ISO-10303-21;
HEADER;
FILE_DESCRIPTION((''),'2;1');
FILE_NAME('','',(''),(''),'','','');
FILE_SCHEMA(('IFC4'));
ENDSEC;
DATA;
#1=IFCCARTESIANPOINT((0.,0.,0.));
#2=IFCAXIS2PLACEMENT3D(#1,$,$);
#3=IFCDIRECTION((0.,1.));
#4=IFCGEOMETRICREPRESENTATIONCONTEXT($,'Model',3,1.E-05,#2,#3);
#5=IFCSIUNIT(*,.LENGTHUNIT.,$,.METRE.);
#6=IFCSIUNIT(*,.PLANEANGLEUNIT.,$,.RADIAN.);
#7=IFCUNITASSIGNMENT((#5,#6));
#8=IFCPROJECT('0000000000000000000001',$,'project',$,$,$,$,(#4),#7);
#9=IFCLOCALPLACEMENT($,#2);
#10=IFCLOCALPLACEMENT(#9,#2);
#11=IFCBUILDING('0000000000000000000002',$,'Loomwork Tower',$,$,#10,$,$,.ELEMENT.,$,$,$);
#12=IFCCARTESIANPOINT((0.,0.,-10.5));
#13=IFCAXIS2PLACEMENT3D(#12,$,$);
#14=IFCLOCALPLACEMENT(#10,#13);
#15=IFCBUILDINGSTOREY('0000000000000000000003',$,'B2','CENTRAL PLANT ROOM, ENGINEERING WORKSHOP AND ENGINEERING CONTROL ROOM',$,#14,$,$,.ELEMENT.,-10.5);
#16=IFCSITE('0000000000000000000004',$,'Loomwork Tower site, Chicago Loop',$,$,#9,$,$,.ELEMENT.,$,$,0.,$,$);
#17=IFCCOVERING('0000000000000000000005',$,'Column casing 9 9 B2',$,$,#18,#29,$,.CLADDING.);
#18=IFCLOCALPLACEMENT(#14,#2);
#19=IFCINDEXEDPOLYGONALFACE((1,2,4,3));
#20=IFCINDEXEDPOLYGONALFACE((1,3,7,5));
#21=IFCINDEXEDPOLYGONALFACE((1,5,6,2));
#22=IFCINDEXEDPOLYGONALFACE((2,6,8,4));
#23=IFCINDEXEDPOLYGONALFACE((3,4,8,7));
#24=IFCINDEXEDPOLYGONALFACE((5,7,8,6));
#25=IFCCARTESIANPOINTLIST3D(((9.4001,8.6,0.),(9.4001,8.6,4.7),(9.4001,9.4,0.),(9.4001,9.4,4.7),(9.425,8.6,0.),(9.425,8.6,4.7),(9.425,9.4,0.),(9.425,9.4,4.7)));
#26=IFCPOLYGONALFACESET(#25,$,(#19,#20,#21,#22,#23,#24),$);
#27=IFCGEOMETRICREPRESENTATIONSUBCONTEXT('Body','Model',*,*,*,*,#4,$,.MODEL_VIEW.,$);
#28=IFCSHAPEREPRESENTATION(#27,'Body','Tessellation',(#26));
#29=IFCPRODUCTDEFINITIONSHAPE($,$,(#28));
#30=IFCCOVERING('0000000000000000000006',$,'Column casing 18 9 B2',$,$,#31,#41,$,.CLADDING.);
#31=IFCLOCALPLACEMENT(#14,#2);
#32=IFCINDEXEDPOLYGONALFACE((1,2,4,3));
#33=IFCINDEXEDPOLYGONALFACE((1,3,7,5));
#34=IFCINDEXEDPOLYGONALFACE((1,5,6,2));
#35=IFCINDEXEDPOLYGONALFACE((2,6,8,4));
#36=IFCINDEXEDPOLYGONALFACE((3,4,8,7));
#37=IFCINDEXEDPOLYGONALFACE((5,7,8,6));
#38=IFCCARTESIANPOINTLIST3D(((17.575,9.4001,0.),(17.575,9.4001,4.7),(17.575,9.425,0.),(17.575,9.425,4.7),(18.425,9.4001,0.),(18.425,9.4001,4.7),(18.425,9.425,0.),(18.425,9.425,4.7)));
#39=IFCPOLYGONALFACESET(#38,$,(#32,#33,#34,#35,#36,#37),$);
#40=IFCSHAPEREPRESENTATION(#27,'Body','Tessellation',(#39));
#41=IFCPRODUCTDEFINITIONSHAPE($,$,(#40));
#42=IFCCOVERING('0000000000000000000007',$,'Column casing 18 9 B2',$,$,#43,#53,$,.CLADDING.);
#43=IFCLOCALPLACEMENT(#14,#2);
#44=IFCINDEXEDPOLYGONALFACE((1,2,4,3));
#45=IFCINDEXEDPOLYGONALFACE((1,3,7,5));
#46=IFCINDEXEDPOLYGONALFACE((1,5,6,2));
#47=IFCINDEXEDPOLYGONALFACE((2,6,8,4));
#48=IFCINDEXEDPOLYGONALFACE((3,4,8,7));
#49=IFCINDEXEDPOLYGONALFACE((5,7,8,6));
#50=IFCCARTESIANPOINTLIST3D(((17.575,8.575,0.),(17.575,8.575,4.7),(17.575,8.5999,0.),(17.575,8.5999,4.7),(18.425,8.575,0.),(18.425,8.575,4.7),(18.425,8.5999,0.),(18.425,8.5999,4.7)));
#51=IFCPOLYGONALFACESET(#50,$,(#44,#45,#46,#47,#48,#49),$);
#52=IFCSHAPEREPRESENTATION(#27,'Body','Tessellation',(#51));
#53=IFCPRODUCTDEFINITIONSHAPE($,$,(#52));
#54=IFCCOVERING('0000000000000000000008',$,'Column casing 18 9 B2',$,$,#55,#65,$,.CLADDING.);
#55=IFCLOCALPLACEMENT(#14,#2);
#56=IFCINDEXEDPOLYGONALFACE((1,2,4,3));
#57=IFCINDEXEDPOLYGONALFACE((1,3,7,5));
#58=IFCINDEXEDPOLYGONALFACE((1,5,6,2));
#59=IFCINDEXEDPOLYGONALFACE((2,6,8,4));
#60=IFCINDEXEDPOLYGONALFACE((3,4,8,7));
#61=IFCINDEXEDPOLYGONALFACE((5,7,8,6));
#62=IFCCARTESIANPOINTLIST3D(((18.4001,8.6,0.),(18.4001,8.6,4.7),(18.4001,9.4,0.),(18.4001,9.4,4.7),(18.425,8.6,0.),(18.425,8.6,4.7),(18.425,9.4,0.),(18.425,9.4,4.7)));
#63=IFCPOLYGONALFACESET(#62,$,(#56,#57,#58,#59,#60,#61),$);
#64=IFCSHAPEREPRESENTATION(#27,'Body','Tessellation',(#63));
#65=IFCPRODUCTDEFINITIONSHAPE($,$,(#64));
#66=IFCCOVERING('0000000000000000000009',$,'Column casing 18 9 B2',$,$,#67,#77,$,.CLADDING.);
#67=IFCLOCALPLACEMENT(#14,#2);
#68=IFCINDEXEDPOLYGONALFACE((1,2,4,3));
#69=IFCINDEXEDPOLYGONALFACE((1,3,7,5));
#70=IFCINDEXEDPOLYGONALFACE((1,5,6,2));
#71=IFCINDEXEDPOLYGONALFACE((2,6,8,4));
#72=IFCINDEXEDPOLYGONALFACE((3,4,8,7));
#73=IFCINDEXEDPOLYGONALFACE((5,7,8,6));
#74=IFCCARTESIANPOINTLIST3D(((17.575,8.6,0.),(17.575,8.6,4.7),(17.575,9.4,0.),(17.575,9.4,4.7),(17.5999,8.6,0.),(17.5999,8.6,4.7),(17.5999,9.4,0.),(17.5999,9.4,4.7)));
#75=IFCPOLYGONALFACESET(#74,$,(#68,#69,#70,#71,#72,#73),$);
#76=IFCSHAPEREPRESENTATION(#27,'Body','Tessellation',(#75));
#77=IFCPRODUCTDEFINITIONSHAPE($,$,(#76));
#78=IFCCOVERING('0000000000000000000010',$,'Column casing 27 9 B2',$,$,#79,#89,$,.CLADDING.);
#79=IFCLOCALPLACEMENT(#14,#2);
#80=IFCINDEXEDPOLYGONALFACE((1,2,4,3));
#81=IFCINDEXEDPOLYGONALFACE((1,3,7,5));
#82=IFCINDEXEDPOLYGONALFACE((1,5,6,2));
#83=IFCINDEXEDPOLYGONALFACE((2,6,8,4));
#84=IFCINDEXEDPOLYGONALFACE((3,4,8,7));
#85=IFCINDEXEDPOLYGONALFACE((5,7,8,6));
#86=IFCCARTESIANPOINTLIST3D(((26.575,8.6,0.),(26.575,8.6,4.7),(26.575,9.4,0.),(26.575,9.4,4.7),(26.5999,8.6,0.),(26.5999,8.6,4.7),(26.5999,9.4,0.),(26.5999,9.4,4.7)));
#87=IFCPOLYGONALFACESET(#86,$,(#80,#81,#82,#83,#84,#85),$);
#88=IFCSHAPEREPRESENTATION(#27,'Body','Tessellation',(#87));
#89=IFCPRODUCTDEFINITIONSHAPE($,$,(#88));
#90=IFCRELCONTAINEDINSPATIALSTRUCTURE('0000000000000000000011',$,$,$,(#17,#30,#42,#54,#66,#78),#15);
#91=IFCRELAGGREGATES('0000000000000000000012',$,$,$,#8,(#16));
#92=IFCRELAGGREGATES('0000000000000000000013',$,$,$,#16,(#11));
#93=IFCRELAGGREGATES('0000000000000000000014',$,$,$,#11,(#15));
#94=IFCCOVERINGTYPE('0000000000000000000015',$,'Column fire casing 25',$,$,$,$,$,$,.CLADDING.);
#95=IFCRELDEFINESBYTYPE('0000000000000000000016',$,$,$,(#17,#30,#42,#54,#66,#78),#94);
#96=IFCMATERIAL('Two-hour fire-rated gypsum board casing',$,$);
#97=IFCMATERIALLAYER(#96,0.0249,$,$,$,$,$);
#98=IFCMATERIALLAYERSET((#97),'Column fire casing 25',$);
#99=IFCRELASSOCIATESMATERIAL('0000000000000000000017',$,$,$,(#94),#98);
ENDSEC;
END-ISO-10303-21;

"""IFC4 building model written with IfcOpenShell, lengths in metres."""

from ifc_helpers import new_model, si_unit, direction, frame, origin, origin_2d, place, context, subcontext, project, spatial, rectangle, extrude, material, layer, layer_set, type_object, element, save


model = new_model("IFC4")

# Units and contexts
model_context = context("Model", 3, precision=1e-05, world=origin(), true_north=direction((0.0, 1.0)))
body_context = subcontext(model_context, "Body", "Model", "MODEL_VIEW")
ifc_project = project(units=[si_unit("LENGTHUNIT", "METRE"), si_unit("PLANEANGLEUNIT", "RADIAN")], contexts=[model_context])

# Site, building, storey
site_placement = place(None, origin())
site = spatial("IfcSite", under=ifc_project, at=site_placement, Name="Loomwork Tower site, Chicago Loop", CompositionType="ELEMENT", RefElevation=0.0)
building_placement = place(site_placement, origin())
building = spatial("IfcBuilding", under=site, at=building_placement, Name="Loomwork Tower", CompositionType="ELEMENT")
storey_placement = place(building_placement, frame((0.0, 0.0, -10.5)))
storey = spatial("IfcBuildingStorey", under=building, at=storey_placement, Name="B2", Description="CENTRAL PLANT ROOM, ENGINEERING WORKSHOP AND ENGINEERING CONTROL ROOM", CompositionType="ELEMENT", Elevation=-10.5)

# Coverings
ifc_material_1 = material(Name="Two-hour fire-rated gypsum board casing")
ifc_layer_1 = layer(ifc_material_1, 0.0249)
ifc_layer_set_1 = layer_set([ifc_layer_1], Name="Column fire casing 25")
covering_type = type_object("IfcCoveringType", Name="Column fire casing 25", PredefinedType="CLADDING", material=ifc_layer_set_1)
covering_placement = place(storey_placement, frame((9.4126, 9.0, 0.0), z_axis=(0.0, 0.0, 1.0), x_axis=(1.0, 0.0, 0.0)))
element("IfcCovering", 1, at=covering_placement, inside=storey, type_object=covering_type, Name="Column casing 9 9 B2", PredefinedType="CLADDING", context=body_context, shape_type="SweptSolid", body=[
    extrude(rectangle(XDim=0.0249, YDim=0.8, at=origin_2d()), origin(), (0.0, 0.0, 1.0), 4.7),
])
for number, where, z_axis, x_axis, name in (
    (2, (18.0, 9.4126, 0.0), (0.0, 0.0, 1.0), (1.0, 0.0, 0.0), "Column casing 18 9 B2"),
    (3, (18.0, 8.5874, 0.0), (0.0, 0.0, 1.0), (1.0, 0.0, 0.0), "Column casing 18 9 B2"),
):
    element("IfcCovering", number, at=place(storey_placement, frame(where, z_axis=z_axis, x_axis=x_axis)), inside=storey, type_object=covering_type, Name=name, PredefinedType="CLADDING", context=body_context, shape_type="SweptSolid", body=[
        extrude(rectangle(XDim=0.8501, YDim=0.0249, at=origin_2d()), origin(), (0.0, 0.0, 1.0), 4.7),
    ])
for number, where, z_axis, x_axis, name in (
    (4, (18.4126, 9.0, 0.0), (0.0, 0.0, 1.0), (1.0, 0.0, 0.0), "Column casing 18 9 B2"),
    (5, (17.5874, 9.0, 0.0), (0.0, 0.0, 1.0), (1.0, 0.0, 0.0), "Column casing 18 9 B2"),
    (6, (26.5874, 9.0, 0.0), (0.0, 0.0, 1.0), (1.0, 0.0, 0.0), "Column casing 27 9 B2"),
):
    element("IfcCovering", number, at=place(storey_placement, frame(where, z_axis=z_axis, x_axis=x_axis)), inside=storey, type_object=covering_type, Name=name, PredefinedType="CLADDING", context=body_context, shape_type="SweptSolid", body=[
        extrude(rectangle(XDim=0.0249, YDim=0.8, at=origin_2d()), origin(), (0.0, 0.0, 1.0), 4.7),
    ])

save(model, "model.ifc")
